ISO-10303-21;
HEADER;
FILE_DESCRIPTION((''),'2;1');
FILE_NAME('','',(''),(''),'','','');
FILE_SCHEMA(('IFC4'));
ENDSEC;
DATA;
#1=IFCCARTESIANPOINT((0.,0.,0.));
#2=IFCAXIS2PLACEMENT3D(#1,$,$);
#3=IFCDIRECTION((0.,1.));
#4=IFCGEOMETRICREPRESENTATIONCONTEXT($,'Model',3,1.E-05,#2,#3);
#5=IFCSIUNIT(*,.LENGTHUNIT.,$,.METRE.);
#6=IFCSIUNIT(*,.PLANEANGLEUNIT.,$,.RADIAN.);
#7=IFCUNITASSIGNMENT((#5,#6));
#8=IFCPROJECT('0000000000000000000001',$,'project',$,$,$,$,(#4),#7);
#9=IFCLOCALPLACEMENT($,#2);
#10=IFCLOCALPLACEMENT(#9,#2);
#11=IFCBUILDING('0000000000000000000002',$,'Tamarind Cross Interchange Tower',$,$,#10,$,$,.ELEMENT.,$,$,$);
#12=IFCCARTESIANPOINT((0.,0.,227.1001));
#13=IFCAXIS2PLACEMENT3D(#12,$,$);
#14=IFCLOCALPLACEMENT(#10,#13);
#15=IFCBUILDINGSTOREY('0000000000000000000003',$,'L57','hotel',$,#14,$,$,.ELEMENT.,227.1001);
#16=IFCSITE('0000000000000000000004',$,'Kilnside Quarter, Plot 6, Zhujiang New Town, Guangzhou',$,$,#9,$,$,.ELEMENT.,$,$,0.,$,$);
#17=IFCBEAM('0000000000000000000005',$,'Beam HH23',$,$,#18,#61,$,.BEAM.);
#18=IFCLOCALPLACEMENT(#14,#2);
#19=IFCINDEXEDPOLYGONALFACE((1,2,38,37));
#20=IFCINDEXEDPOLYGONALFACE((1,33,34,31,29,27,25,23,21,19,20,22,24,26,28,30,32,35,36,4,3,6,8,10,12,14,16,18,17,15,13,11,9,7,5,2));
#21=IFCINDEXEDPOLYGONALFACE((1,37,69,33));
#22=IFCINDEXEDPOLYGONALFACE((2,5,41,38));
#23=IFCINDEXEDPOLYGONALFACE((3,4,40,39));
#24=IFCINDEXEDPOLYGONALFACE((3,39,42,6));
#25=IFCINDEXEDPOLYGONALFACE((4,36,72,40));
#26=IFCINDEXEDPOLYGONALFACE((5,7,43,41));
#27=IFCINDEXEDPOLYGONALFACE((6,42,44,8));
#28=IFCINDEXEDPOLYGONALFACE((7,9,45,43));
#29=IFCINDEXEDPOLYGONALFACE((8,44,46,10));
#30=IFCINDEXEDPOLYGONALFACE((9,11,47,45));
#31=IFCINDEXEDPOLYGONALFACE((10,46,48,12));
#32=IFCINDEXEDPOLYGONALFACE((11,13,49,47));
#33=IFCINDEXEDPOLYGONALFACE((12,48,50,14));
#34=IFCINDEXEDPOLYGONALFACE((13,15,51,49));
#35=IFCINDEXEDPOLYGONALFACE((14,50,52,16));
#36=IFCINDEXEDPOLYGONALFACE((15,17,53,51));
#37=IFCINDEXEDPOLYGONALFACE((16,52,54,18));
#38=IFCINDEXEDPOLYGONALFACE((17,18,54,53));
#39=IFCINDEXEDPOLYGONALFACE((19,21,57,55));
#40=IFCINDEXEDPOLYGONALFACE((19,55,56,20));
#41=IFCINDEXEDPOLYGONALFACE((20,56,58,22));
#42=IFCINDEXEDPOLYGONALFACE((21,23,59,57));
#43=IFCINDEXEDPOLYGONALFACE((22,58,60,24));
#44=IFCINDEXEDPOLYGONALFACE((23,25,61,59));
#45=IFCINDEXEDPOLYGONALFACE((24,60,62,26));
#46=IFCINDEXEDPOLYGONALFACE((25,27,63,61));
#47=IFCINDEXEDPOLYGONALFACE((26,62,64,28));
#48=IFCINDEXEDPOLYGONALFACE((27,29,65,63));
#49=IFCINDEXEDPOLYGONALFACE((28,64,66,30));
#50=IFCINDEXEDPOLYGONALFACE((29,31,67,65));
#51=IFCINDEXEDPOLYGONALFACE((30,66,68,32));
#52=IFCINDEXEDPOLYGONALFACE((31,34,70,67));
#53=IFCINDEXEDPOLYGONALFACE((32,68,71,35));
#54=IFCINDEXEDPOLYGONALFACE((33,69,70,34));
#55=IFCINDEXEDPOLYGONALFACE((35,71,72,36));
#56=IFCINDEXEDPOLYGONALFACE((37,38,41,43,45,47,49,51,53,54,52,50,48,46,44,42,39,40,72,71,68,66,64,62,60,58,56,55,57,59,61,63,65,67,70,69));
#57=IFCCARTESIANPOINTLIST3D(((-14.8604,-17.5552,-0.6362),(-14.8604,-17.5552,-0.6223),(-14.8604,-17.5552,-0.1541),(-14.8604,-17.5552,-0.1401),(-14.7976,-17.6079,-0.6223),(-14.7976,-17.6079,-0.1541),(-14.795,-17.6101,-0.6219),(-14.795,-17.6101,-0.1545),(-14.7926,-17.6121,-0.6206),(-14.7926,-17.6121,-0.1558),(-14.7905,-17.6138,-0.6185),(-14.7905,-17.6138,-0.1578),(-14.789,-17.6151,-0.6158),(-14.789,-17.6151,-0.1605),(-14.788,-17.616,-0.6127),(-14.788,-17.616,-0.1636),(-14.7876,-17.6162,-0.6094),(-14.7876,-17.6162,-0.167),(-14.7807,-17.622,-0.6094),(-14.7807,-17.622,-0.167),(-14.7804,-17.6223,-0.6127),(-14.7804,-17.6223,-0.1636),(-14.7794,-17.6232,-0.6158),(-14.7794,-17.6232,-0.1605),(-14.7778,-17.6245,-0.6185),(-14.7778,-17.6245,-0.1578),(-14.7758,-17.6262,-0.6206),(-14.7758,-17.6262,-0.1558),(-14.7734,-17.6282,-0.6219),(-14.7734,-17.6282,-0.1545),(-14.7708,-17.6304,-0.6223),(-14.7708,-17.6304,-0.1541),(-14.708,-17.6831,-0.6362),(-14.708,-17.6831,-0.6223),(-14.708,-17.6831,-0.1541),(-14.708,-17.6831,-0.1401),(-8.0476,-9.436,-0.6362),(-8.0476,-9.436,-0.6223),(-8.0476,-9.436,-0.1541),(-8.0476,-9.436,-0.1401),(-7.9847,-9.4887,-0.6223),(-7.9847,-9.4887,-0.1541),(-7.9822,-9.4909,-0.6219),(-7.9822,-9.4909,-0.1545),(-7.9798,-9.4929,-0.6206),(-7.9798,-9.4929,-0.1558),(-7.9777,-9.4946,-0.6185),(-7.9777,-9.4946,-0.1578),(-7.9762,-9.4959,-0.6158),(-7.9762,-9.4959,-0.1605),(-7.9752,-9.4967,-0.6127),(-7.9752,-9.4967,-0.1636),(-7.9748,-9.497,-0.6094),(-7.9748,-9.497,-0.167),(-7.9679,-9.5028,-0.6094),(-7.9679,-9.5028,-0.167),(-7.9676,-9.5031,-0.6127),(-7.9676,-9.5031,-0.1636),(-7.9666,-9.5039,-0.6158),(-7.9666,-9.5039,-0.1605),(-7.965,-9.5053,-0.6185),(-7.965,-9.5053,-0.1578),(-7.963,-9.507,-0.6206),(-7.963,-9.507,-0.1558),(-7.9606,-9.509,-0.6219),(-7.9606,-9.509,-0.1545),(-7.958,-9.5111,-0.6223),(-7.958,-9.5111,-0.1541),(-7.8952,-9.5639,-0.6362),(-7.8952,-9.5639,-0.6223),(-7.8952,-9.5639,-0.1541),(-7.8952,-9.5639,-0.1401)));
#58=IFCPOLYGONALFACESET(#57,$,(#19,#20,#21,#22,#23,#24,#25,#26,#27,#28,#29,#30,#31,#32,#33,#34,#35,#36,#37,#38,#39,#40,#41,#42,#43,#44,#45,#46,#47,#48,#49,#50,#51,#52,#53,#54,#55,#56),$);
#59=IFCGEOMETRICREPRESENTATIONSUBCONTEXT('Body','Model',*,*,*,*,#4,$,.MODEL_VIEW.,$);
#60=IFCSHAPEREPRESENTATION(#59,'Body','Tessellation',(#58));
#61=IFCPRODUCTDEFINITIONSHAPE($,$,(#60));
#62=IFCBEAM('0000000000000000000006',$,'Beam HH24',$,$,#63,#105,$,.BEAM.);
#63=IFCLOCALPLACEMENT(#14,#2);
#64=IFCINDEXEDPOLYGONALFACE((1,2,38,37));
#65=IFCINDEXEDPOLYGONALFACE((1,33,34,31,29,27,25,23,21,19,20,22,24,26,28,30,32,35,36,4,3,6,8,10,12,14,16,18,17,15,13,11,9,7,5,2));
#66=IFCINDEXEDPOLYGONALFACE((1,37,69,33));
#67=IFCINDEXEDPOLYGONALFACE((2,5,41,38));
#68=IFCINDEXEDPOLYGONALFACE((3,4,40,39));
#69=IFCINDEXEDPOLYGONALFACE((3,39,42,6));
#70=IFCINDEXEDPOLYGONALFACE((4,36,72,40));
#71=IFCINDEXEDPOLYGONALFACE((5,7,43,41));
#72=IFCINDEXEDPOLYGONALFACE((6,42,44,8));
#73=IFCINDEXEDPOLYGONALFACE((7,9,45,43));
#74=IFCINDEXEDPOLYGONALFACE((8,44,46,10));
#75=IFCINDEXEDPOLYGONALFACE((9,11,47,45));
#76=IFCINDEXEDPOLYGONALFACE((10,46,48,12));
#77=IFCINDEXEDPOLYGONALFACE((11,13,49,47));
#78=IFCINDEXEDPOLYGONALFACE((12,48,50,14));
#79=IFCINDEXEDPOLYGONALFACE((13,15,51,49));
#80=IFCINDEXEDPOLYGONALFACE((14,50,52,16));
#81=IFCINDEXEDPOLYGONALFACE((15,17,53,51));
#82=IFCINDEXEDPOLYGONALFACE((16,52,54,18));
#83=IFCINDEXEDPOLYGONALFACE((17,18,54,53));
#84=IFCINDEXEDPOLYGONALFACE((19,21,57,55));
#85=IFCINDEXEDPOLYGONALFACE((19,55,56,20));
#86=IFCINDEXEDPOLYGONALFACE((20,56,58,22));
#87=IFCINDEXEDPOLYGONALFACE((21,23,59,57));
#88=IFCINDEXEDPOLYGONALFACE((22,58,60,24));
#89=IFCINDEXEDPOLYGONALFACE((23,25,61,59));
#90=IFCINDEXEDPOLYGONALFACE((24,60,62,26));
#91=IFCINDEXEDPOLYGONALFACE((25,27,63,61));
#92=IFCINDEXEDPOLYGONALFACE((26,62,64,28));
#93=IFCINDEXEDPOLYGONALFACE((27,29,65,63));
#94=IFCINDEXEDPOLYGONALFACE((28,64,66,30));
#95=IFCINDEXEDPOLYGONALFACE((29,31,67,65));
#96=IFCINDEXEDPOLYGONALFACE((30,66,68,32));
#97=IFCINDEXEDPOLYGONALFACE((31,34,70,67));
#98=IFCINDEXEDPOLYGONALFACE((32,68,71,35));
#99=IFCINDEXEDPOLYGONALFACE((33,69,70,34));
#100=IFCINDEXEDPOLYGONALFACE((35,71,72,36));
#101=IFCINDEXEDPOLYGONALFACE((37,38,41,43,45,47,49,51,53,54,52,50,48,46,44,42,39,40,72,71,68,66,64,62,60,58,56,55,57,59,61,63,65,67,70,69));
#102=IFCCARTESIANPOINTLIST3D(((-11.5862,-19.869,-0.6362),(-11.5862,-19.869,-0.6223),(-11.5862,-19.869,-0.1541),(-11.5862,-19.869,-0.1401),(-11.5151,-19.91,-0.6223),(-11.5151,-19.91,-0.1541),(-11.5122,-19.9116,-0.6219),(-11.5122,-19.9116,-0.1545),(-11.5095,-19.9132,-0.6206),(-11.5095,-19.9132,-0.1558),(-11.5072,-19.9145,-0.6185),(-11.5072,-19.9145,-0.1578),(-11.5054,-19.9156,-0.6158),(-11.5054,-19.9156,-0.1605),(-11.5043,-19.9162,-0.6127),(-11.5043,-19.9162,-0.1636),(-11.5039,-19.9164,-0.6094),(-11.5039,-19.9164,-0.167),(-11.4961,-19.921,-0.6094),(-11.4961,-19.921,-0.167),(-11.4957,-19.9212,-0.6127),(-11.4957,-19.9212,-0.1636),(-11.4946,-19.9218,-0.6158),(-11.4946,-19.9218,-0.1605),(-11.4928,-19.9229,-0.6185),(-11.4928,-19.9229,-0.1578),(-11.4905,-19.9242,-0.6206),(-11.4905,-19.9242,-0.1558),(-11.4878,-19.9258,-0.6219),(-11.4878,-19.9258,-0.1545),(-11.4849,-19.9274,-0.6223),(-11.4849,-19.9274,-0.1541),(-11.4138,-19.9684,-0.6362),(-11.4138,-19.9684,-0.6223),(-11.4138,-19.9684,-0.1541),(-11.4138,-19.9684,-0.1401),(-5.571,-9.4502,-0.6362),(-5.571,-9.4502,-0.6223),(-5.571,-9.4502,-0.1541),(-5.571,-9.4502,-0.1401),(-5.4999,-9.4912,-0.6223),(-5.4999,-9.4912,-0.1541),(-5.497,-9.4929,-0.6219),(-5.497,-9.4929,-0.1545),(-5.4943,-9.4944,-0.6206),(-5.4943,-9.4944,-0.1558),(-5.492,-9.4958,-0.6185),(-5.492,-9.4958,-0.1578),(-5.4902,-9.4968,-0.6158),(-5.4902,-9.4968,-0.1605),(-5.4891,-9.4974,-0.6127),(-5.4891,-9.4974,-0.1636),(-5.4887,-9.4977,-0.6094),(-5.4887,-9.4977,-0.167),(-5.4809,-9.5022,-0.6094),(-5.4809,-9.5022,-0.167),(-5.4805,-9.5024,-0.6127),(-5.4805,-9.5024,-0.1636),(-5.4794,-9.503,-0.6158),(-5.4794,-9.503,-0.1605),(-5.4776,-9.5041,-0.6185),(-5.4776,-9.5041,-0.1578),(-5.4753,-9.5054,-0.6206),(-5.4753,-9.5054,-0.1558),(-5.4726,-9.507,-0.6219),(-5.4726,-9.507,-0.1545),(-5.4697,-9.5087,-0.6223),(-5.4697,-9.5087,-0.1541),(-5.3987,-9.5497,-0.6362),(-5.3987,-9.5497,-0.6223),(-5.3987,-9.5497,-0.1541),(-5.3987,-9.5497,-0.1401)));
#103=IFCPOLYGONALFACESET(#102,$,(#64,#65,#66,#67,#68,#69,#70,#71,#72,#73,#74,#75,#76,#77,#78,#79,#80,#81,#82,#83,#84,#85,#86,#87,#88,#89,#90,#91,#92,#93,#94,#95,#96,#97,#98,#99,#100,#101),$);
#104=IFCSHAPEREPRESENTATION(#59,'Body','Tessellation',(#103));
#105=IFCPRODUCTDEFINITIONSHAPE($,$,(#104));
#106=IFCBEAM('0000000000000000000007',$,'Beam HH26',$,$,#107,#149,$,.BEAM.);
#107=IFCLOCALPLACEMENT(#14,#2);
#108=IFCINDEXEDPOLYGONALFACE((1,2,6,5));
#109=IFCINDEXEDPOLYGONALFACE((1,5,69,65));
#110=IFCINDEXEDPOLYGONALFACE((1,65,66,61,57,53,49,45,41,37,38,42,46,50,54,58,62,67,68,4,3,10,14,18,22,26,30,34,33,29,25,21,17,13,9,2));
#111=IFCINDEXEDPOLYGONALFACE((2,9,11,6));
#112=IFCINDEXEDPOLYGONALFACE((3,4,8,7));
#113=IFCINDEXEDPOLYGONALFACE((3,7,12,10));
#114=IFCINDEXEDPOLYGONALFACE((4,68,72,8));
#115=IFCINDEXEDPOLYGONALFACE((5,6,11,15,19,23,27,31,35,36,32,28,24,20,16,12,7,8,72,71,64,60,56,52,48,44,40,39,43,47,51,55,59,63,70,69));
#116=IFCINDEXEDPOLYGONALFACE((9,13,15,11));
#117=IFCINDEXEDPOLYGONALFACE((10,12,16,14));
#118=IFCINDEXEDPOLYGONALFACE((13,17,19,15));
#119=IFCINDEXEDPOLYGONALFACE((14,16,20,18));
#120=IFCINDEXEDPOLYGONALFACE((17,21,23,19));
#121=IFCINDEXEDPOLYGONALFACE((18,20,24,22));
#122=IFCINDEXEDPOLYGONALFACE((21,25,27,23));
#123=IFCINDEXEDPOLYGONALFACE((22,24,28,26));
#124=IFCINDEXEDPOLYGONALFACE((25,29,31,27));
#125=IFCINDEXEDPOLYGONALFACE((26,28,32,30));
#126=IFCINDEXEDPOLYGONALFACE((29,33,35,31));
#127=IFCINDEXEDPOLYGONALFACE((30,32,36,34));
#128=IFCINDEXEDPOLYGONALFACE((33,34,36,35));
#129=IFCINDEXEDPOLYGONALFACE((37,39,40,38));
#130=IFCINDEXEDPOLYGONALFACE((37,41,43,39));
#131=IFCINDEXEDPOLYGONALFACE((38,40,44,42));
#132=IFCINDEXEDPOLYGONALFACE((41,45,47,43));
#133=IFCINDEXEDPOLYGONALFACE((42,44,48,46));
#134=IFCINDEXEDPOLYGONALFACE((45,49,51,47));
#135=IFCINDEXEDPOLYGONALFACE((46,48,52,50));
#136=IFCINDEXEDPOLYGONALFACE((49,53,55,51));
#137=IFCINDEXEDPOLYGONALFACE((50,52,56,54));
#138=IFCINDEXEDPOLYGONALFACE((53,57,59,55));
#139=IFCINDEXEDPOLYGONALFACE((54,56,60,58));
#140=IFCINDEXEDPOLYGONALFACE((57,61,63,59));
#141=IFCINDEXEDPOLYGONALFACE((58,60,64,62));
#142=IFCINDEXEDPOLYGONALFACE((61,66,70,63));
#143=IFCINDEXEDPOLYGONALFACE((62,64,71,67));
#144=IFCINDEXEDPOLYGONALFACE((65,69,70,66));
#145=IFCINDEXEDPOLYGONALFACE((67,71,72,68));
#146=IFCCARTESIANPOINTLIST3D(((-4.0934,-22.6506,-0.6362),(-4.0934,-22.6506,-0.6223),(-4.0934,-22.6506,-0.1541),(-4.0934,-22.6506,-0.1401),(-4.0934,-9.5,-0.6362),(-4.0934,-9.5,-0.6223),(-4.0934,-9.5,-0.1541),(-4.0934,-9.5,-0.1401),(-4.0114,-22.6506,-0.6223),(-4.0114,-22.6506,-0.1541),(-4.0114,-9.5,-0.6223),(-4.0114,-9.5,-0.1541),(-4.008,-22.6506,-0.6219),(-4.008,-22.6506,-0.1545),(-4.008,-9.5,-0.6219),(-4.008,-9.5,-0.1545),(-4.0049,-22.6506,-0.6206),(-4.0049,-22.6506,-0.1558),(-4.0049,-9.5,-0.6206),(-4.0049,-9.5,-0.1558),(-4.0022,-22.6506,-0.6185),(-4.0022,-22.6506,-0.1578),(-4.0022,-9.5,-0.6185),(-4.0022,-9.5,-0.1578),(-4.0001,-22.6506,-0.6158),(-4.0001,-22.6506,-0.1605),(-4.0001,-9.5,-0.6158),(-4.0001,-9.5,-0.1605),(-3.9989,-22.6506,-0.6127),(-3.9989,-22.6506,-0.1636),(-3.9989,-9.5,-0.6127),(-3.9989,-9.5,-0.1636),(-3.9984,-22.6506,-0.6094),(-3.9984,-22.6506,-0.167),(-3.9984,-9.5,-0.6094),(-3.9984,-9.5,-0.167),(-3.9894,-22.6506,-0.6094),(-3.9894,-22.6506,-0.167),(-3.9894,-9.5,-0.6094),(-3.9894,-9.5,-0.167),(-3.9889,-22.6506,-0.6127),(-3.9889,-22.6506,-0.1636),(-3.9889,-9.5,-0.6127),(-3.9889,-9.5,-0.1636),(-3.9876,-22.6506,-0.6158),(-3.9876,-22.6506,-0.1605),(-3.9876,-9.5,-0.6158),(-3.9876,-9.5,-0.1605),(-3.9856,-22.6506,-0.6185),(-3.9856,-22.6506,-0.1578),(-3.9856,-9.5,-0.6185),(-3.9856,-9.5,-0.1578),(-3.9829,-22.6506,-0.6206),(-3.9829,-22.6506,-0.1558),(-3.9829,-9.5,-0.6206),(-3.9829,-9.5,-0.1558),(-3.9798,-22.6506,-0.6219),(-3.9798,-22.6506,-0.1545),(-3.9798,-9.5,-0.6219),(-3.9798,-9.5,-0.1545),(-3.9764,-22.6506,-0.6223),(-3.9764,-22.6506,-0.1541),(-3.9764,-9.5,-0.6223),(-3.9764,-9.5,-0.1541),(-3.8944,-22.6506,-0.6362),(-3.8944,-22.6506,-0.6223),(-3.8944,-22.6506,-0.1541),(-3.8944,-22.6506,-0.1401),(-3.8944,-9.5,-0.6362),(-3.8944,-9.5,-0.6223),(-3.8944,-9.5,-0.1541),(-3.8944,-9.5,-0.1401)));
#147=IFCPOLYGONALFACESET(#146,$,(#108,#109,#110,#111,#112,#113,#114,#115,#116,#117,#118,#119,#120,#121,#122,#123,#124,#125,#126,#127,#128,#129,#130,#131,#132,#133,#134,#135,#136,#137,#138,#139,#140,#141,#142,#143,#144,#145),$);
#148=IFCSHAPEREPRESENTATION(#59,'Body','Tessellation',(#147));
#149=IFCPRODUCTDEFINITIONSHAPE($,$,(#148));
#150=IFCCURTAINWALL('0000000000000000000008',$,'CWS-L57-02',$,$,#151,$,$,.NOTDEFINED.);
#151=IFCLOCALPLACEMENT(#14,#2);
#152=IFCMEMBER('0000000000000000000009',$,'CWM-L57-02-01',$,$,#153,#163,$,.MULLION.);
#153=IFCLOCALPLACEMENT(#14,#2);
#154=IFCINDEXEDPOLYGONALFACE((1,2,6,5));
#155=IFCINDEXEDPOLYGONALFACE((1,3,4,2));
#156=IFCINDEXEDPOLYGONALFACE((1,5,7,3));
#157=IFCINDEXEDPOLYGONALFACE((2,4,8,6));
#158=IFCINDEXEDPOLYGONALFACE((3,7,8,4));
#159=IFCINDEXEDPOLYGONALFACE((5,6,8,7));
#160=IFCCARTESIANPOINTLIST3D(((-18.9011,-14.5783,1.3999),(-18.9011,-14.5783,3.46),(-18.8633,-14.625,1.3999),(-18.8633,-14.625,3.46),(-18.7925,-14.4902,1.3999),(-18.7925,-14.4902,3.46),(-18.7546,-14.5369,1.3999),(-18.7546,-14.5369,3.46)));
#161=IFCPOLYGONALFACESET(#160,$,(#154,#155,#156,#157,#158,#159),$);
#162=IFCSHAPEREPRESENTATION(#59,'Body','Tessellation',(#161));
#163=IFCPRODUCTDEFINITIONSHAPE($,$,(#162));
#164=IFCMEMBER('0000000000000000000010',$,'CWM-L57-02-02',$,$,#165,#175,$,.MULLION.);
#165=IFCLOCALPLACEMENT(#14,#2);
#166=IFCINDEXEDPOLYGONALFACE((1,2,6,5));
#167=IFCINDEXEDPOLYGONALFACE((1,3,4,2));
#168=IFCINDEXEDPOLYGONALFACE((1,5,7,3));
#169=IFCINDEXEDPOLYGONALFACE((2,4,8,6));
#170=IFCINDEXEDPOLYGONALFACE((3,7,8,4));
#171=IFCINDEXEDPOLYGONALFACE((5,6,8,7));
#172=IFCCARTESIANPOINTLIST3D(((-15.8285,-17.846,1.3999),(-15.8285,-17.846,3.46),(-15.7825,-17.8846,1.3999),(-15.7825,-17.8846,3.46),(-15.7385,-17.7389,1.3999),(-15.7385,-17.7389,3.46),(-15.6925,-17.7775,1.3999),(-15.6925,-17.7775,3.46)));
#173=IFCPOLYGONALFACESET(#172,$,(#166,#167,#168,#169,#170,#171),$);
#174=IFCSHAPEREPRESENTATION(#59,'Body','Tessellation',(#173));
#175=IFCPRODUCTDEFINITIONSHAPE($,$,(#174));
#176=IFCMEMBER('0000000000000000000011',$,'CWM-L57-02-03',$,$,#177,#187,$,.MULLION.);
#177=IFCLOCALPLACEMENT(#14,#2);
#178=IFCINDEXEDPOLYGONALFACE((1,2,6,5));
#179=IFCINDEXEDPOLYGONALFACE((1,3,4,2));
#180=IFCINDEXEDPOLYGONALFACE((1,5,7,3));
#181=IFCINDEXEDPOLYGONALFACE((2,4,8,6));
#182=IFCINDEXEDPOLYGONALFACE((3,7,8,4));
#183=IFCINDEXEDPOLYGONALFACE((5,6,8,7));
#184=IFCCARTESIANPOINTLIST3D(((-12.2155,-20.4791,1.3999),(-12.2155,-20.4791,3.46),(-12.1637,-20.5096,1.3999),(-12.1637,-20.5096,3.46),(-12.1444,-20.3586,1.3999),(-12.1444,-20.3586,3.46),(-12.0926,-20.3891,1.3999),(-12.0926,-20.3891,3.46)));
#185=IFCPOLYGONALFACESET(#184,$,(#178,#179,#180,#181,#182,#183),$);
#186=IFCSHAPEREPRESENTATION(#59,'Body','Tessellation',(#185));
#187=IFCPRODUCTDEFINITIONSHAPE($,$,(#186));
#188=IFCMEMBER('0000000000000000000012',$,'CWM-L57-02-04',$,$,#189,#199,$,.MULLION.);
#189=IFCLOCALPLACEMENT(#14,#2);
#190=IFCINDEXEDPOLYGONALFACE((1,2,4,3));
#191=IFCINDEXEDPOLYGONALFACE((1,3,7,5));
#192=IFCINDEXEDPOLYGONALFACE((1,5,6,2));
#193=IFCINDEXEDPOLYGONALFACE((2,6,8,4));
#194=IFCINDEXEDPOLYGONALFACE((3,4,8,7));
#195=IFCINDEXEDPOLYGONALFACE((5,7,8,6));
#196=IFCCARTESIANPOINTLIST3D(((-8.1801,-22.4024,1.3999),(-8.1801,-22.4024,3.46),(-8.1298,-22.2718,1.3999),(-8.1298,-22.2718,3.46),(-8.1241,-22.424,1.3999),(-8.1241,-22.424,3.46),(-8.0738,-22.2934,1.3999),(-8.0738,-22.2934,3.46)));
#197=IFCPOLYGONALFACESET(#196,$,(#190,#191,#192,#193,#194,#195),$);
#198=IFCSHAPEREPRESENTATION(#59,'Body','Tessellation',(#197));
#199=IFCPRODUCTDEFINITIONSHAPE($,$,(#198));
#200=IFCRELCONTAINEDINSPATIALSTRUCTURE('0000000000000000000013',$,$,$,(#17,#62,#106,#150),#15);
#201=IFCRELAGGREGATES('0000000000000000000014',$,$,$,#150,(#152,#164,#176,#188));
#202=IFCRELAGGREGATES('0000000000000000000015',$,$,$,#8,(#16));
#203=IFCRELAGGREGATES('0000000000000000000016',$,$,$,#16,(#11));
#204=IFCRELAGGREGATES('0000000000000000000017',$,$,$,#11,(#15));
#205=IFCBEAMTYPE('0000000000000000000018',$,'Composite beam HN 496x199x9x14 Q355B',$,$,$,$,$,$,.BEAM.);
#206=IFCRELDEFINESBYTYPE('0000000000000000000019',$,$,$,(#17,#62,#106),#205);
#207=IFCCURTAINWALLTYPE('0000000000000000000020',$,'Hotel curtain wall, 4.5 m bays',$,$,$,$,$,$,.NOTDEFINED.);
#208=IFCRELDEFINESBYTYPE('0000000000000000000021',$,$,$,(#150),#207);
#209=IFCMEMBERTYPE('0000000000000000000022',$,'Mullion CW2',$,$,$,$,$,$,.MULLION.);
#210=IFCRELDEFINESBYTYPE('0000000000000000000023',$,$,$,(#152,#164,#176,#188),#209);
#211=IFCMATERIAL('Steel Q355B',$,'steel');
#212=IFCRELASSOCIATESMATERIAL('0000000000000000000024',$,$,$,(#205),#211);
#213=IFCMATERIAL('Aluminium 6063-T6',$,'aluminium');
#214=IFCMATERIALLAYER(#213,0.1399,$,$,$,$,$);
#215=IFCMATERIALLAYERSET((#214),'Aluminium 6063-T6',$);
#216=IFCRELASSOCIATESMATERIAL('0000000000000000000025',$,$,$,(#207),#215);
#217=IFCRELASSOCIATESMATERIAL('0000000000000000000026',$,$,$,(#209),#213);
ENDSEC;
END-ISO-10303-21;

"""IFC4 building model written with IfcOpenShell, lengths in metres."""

from ifc_helpers import new_model, si_unit, direction, frame, origin, origin_2d, place, context, subcontext, project, spatial, rectangle, i_section, extrude, material, layer, layer_set, material_profile, profile_set, type_object, element, aggregate, save


model = new_model("IFC4")

# Units and contexts
model_context = context("Model", 3, precision=1e-05, world=origin(), true_north=direction((0.0, 1.0)))
body_context = subcontext(model_context, "Body", "Model", "MODEL_VIEW")
ifc_project = project(units=[si_unit("LENGTHUNIT", "METRE"), si_unit("PLANEANGLEUNIT", "RADIAN")], contexts=[model_context])

# Site, building, storey
site_placement = place(None, origin())
site = spatial("IfcSite", under=ifc_project, at=site_placement, Name="Kilnside Quarter, Plot 6, Zhujiang New Town, Guangzhou", CompositionType="ELEMENT", RefElevation=0.0)
building_placement = place(site_placement, origin())
building = spatial("IfcBuilding", under=site, at=building_placement, Name="Tamarind Cross Interchange Tower", CompositionType="ELEMENT")
storey_placement = place(building_placement, frame((0.0, 0.0, 227.1001)))
storey = spatial("IfcBuildingStorey", under=building, at=storey_placement, Name="L57", Description="hotel", CompositionType="ELEMENT", Elevation=227.1001)

# Beams
ifc_material_1 = material(Name="Steel Q355B", Category="steel")
ifc_material_profile_1 = material_profile(ifc_material_1, i_section(OverallWidth=0.199, OverallDepth=0.4961, WebThickness=0.009, FlangeThickness=0.0139, FilletRadius=0.0129, at=origin_2d()), Name="HN 496x199x9x14")
ifc_profile_set_1 = profile_set([ifc_material_profile_1], Name="Steel Q355B")
beam_type = type_object("IfcBeamType", Name="Composite beam HN 496x199x9x14 Q355B", PredefinedType="BEAM", material=ifc_profile_set_1)
beam_1_placement = place(storey_placement, frame((-14.7842, -17.6191, -0.3882), z_axis=(0.642786, 0.766046, 0.0), x_axis=(-0.766046, 0.642786, 0.0)))
element("IfcBeam", 1, at=beam_1_placement, inside=storey, type_object=beam_type, Name="Beam HH23", PredefinedType="BEAM", context=body_context, shape_type="SweptSolid", body=[
    extrude(i_section(OverallWidth=0.199, OverallDepth=0.4961, WebThickness=0.009, FlangeThickness=0.0139, FilletRadius=0.0129, at=origin_2d()), origin(), (0.0, 0.0, 1.0), 10.5989),
])
beam_2_placement = place(storey_placement, frame((-11.5, -19.9187, -0.3882), z_axis=(0.499994, 0.866029, 0.0), x_axis=(-0.866029, 0.499994, 0.0)))
element("IfcBeam", 2, at=beam_2_placement, inside=storey, type_object=beam_type, Name="Beam HH24", PredefinedType="BEAM", context=body_context, shape_type="SweptSolid", body=[
    extrude(i_section(OverallWidth=0.199, OverallDepth=0.4961, WebThickness=0.009, FlangeThickness=0.0139, FilletRadius=0.0129, at=origin_2d()), origin(), (0.0, 0.0, 1.0), 12.0305),
])
beam_3_placement = place(storey_placement, frame((-3.9939, -22.6506, -0.3882), z_axis=(0.0, 1.0, 0.0), x_axis=(-1.0, 0.0, 0.0)))
element("IfcBeam", 3, at=beam_3_placement, inside=storey, type_object=beam_type, Name="Beam HH26", PredefinedType="BEAM", context=body_context, shape_type="SweptSolid", body=[
    extrude(i_section(OverallWidth=0.199, OverallDepth=0.4961, WebThickness=0.009, FlangeThickness=0.0139, FilletRadius=0.0129, at=origin_2d()), origin(), (0.0, 0.0, 1.0), 13.1506),
])

# Curtain wall, members
ifc_material_2 = material(Name="Aluminium 6063-T6", Category="aluminium")
ifc_layer_1 = layer(ifc_material_2, 0.1399)
ifc_layer_set_1 = layer_set([ifc_layer_1], Name="Aluminium 6063-T6")
curtain_wall_type = type_object("IfcCurtainWallType", Name="Hotel curtain wall, 4.5 m bays", PredefinedType="NOTDEFINED", material=ifc_layer_set_1)
curtain_wall_placement = place(storey_placement, origin())
curtain_wall = element("IfcCurtainWall", 4, at=curtain_wall_placement, inside=storey, type_object=curtain_wall_type, Name="CWS-L57-02", PredefinedType="NOTDEFINED")
ifc_material_profile_2 = material_profile(ifc_material_2, rectangle(XDim=0.0601, YDim=0.1399, at=origin_2d()), Name="Mullion CW2")
ifc_profile_set_2 = profile_set([ifc_material_profile_2], Name="Aluminium 6063-T6")
member_type = type_object("IfcMemberType", Name="Mullion CW2", PredefinedType="MULLION", material=ifc_profile_set_2)
member_1_placement = place(storey_placement, frame((-18.8279, -14.5576, 1.3999), z_axis=(0.0, 0.0, 1.0), x_axis=(0.629797, -0.77676, 0.0)))
member_1 = element("IfcMember", 5, at=member_1_placement, type_object=member_type, Name="CWM-L57-02-01", PredefinedType="MULLION", context=body_context, shape_type="SweptSolid", body=[
    extrude(rectangle(XDim=0.0601, YDim=0.1399, at=origin_2d()), origin(), (0.0, 0.0, 1.0), 2.0601),
])
member_2_placement = place(storey_placement, frame((-15.7605, -17.8118, 1.3999), z_axis=(0.0, 0.0, 1.0), x_axis=(0.765858, -0.643009, 0.0)))
member_2 = element("IfcMember", 6, at=member_2_placement, type_object=member_type, Name="CWM-L57-02-02", PredefinedType="MULLION", context=body_context, shape_type="SweptSolid", body=[
    extrude(rectangle(XDim=0.0601, YDim=0.1399, at=origin_2d()), origin(), (0.0, 0.0, 1.0), 2.0601),
])
member_3_placement = place(storey_placement, frame((-12.1541, -20.4341, 1.3999), z_axis=(0.0, 0.0, 1.0), x_axis=(0.861249, -0.508183, 0.0)))
member_3 = element("IfcMember", 7, at=member_3_placement, type_object=member_type, Name="CWM-L57-02-03", PredefinedType="MULLION", context=body_context, shape_type="SweptSolid", body=[
    extrude(rectangle(XDim=0.0601, YDim=0.1399, at=origin_2d()), origin(), (0.0, 0.0, 1.0), 2.0601),
])
member_4_placement = place(storey_placement, frame((-8.127, -22.3479, 1.3999), z_axis=(0.0, 0.0, 1.0), x_axis=(0.933147, -0.359495, 0.0)))
member_4 = element("IfcMember", 8, at=member_4_placement, type_object=member_type, Name="CWM-L57-02-04", PredefinedType="MULLION", context=body_context, shape_type="SweptSolid", body=[
    extrude(rectangle(XDim=0.0601, YDim=0.1399, at=origin_2d()), origin(), (0.0, 0.0, 1.0), 2.0601),
])
aggregate(curtain_wall, [member_1, member_2, member_3, member_4])

save(model, "model.ifc")
